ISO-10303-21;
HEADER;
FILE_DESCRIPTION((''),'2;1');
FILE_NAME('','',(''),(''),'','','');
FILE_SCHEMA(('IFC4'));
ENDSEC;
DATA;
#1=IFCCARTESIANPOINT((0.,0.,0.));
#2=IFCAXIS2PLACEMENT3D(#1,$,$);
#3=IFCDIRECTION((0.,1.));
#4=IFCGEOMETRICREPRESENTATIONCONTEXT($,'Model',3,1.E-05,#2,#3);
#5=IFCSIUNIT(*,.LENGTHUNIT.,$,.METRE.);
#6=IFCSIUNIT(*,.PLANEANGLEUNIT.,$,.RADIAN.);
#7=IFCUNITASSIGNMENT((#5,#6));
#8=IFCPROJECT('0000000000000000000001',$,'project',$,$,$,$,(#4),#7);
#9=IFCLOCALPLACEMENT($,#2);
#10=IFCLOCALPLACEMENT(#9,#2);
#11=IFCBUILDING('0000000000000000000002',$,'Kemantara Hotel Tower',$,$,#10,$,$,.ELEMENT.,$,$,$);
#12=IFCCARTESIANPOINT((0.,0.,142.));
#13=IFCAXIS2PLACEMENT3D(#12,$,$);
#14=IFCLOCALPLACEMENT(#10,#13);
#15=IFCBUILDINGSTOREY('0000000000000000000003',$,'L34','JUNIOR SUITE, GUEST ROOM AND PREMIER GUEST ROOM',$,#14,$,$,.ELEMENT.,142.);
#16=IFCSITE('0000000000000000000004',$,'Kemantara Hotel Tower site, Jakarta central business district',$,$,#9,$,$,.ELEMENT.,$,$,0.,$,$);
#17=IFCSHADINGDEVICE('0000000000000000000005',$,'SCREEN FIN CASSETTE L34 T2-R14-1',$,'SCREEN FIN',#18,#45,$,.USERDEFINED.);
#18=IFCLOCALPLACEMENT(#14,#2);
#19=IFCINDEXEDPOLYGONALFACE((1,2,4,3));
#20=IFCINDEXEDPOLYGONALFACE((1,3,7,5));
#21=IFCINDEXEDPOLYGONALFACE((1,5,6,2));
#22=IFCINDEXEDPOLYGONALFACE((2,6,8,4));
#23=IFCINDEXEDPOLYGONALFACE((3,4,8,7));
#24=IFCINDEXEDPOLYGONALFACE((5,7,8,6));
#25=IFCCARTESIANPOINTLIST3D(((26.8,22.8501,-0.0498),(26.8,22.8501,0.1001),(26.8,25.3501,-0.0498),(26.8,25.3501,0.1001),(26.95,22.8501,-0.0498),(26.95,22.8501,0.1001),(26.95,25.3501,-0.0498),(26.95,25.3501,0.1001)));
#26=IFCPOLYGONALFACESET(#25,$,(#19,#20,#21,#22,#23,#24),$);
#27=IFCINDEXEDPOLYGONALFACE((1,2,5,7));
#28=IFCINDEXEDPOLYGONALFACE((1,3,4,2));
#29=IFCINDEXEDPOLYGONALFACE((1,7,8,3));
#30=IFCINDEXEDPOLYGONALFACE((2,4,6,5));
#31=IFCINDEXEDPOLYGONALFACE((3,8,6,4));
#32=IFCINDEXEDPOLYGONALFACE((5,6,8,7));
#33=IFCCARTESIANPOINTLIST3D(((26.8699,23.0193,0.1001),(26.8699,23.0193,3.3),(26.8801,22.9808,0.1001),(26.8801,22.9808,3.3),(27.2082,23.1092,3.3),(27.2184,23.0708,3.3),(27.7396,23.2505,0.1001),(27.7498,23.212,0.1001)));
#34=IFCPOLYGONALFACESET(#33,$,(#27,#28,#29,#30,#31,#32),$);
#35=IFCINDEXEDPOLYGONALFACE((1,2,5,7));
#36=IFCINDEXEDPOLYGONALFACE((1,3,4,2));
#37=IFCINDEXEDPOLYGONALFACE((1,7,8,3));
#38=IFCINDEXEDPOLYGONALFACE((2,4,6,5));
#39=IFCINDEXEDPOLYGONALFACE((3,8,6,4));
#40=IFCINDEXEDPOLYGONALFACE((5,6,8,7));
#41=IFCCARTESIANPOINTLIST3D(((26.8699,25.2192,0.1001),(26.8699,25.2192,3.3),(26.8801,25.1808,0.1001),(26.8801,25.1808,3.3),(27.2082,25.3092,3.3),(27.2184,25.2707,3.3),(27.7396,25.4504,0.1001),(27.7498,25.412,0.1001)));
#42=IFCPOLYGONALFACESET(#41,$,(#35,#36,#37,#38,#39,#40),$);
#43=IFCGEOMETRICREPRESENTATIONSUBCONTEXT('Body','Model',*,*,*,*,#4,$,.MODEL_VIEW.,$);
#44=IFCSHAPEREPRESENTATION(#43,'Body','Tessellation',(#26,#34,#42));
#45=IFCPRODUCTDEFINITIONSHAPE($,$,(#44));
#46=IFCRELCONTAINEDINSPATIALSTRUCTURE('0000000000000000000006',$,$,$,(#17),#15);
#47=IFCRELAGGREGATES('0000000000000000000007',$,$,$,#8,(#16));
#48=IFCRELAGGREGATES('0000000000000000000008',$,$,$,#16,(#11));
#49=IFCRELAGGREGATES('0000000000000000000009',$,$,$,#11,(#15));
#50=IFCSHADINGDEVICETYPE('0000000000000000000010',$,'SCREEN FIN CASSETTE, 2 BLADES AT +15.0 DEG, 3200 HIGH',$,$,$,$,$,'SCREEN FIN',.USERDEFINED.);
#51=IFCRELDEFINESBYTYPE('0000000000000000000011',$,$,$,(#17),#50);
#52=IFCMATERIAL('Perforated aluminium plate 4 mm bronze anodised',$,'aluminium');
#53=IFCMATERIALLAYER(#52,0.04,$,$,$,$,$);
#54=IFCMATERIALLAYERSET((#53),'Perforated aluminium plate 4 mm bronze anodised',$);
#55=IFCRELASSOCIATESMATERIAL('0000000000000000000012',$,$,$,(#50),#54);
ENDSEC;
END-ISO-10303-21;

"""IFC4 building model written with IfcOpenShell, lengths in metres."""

from ifc_helpers import new_model, si_unit, direction, frame, origin, origin_2d, place, context, subcontext, project, spatial, polyline, rectangle, outline, extrude, source, transform, mapped, material, layer, layer_set, type_object, element, save


model = new_model("IFC4")

# Units and contexts
model_context = context("Model", 3, precision=1e-05, world=origin(), true_north=direction((0.0, 1.0)))
body_context = subcontext(model_context, "Body", "Model", "MODEL_VIEW")
ifc_project = project(units=[si_unit("LENGTHUNIT", "METRE"), si_unit("PLANEANGLEUNIT", "RADIAN")], contexts=[model_context])

# Site, building, storey
site_placement = place(None, origin())
site = spatial("IfcSite", under=ifc_project, at=site_placement, Name="Kemantara Hotel Tower site, Jakarta central business district", CompositionType="ELEMENT", RefElevation=0.0)
building_placement = place(site_placement, origin())
building = spatial("IfcBuilding", under=site, at=building_placement, Name="Kemantara Hotel Tower", CompositionType="ELEMENT")
storey_placement = place(building_placement, frame((0.0, 0.0, 142.0)))
storey = spatial("IfcBuildingStorey", under=building, at=storey_placement, Name="L34", Description="JUNIOR SUITE, GUEST ROOM AND PREMIER GUEST ROOM", CompositionType="ELEMENT", Elevation=142.0)

# Shading device
ifc_material_1 = material(Name="Perforated aluminium plate 4 mm bronze anodised", Category="aluminium")
ifc_layer_1 = layer(ifc_material_1, 0.04)
ifc_layer_set_1 = layer_set([ifc_layer_1], Name="Perforated aluminium plate 4 mm bronze anodised")
shading_device_type_1 = type_object("IfcShadingDeviceType", Name="SCREEN FIN CASSETTE, 2 BLADES AT +15.0 DEG, 3200 HIGH", ElementType="SCREEN FIN", PredefinedType="USERDEFINED", material=ifc_layer_set_1)
shared_shape_1 = source(origin(), body_context, "Body", "SweptSolid", [
    extrude(rectangle(XDim=2.5, YDim=0.1499, at=origin_2d()), frame((1.1001, -0.075, -0.1499), z_axis=(0.0, 0.0, 1.0), x_axis=(1.0, 0.0, 0.0)), (0.0, 0.0, 1.0), 0.1499),
    extrude(outline(polyline([(0.0, 0.0), (0.8999, 0.0), (0.3501, 3.2), (0.0, 3.2), (0.0, 0.0)])), frame((0.0193, -0.0698, 0.0), z_axis=(-0.966438, -0.256901, 0.0), x_axis=(0.256901, -0.966438, 0.0)), (0.0, 0.0, 1.0), 0.0398),
    extrude(outline(polyline([(0.0, 0.0), (0.8999, 0.0), (0.3501, 3.2), (0.0, 3.2), (0.0, 0.0)])), frame((2.2192, -0.0698, 0.0), z_axis=(-0.966438, -0.256901, 0.0), x_axis=(0.256901, -0.966438, 0.0)), (0.0, 0.0, 1.0), 0.0398),
])
shading_device_1_placement = place(storey_placement, frame((26.8, 23.0, 0.1001), z_axis=(0.0, 0.0, 1.0), x_axis=(0.0, 1.0, 0.0)))
element("IfcShadingDevice", 1, at=shading_device_1_placement, inside=storey, type_object=shading_device_type_1, Name="SCREEN FIN CASSETTE L34 T2-R14-1", ObjectType="SCREEN FIN", PredefinedType="USERDEFINED", context=body_context, shape_type="MappedRepresentation", body=[
    mapped(shared_shape_1, transform((0.0, 0.0, 0.0))),
])

save(model, "model.ifc")
